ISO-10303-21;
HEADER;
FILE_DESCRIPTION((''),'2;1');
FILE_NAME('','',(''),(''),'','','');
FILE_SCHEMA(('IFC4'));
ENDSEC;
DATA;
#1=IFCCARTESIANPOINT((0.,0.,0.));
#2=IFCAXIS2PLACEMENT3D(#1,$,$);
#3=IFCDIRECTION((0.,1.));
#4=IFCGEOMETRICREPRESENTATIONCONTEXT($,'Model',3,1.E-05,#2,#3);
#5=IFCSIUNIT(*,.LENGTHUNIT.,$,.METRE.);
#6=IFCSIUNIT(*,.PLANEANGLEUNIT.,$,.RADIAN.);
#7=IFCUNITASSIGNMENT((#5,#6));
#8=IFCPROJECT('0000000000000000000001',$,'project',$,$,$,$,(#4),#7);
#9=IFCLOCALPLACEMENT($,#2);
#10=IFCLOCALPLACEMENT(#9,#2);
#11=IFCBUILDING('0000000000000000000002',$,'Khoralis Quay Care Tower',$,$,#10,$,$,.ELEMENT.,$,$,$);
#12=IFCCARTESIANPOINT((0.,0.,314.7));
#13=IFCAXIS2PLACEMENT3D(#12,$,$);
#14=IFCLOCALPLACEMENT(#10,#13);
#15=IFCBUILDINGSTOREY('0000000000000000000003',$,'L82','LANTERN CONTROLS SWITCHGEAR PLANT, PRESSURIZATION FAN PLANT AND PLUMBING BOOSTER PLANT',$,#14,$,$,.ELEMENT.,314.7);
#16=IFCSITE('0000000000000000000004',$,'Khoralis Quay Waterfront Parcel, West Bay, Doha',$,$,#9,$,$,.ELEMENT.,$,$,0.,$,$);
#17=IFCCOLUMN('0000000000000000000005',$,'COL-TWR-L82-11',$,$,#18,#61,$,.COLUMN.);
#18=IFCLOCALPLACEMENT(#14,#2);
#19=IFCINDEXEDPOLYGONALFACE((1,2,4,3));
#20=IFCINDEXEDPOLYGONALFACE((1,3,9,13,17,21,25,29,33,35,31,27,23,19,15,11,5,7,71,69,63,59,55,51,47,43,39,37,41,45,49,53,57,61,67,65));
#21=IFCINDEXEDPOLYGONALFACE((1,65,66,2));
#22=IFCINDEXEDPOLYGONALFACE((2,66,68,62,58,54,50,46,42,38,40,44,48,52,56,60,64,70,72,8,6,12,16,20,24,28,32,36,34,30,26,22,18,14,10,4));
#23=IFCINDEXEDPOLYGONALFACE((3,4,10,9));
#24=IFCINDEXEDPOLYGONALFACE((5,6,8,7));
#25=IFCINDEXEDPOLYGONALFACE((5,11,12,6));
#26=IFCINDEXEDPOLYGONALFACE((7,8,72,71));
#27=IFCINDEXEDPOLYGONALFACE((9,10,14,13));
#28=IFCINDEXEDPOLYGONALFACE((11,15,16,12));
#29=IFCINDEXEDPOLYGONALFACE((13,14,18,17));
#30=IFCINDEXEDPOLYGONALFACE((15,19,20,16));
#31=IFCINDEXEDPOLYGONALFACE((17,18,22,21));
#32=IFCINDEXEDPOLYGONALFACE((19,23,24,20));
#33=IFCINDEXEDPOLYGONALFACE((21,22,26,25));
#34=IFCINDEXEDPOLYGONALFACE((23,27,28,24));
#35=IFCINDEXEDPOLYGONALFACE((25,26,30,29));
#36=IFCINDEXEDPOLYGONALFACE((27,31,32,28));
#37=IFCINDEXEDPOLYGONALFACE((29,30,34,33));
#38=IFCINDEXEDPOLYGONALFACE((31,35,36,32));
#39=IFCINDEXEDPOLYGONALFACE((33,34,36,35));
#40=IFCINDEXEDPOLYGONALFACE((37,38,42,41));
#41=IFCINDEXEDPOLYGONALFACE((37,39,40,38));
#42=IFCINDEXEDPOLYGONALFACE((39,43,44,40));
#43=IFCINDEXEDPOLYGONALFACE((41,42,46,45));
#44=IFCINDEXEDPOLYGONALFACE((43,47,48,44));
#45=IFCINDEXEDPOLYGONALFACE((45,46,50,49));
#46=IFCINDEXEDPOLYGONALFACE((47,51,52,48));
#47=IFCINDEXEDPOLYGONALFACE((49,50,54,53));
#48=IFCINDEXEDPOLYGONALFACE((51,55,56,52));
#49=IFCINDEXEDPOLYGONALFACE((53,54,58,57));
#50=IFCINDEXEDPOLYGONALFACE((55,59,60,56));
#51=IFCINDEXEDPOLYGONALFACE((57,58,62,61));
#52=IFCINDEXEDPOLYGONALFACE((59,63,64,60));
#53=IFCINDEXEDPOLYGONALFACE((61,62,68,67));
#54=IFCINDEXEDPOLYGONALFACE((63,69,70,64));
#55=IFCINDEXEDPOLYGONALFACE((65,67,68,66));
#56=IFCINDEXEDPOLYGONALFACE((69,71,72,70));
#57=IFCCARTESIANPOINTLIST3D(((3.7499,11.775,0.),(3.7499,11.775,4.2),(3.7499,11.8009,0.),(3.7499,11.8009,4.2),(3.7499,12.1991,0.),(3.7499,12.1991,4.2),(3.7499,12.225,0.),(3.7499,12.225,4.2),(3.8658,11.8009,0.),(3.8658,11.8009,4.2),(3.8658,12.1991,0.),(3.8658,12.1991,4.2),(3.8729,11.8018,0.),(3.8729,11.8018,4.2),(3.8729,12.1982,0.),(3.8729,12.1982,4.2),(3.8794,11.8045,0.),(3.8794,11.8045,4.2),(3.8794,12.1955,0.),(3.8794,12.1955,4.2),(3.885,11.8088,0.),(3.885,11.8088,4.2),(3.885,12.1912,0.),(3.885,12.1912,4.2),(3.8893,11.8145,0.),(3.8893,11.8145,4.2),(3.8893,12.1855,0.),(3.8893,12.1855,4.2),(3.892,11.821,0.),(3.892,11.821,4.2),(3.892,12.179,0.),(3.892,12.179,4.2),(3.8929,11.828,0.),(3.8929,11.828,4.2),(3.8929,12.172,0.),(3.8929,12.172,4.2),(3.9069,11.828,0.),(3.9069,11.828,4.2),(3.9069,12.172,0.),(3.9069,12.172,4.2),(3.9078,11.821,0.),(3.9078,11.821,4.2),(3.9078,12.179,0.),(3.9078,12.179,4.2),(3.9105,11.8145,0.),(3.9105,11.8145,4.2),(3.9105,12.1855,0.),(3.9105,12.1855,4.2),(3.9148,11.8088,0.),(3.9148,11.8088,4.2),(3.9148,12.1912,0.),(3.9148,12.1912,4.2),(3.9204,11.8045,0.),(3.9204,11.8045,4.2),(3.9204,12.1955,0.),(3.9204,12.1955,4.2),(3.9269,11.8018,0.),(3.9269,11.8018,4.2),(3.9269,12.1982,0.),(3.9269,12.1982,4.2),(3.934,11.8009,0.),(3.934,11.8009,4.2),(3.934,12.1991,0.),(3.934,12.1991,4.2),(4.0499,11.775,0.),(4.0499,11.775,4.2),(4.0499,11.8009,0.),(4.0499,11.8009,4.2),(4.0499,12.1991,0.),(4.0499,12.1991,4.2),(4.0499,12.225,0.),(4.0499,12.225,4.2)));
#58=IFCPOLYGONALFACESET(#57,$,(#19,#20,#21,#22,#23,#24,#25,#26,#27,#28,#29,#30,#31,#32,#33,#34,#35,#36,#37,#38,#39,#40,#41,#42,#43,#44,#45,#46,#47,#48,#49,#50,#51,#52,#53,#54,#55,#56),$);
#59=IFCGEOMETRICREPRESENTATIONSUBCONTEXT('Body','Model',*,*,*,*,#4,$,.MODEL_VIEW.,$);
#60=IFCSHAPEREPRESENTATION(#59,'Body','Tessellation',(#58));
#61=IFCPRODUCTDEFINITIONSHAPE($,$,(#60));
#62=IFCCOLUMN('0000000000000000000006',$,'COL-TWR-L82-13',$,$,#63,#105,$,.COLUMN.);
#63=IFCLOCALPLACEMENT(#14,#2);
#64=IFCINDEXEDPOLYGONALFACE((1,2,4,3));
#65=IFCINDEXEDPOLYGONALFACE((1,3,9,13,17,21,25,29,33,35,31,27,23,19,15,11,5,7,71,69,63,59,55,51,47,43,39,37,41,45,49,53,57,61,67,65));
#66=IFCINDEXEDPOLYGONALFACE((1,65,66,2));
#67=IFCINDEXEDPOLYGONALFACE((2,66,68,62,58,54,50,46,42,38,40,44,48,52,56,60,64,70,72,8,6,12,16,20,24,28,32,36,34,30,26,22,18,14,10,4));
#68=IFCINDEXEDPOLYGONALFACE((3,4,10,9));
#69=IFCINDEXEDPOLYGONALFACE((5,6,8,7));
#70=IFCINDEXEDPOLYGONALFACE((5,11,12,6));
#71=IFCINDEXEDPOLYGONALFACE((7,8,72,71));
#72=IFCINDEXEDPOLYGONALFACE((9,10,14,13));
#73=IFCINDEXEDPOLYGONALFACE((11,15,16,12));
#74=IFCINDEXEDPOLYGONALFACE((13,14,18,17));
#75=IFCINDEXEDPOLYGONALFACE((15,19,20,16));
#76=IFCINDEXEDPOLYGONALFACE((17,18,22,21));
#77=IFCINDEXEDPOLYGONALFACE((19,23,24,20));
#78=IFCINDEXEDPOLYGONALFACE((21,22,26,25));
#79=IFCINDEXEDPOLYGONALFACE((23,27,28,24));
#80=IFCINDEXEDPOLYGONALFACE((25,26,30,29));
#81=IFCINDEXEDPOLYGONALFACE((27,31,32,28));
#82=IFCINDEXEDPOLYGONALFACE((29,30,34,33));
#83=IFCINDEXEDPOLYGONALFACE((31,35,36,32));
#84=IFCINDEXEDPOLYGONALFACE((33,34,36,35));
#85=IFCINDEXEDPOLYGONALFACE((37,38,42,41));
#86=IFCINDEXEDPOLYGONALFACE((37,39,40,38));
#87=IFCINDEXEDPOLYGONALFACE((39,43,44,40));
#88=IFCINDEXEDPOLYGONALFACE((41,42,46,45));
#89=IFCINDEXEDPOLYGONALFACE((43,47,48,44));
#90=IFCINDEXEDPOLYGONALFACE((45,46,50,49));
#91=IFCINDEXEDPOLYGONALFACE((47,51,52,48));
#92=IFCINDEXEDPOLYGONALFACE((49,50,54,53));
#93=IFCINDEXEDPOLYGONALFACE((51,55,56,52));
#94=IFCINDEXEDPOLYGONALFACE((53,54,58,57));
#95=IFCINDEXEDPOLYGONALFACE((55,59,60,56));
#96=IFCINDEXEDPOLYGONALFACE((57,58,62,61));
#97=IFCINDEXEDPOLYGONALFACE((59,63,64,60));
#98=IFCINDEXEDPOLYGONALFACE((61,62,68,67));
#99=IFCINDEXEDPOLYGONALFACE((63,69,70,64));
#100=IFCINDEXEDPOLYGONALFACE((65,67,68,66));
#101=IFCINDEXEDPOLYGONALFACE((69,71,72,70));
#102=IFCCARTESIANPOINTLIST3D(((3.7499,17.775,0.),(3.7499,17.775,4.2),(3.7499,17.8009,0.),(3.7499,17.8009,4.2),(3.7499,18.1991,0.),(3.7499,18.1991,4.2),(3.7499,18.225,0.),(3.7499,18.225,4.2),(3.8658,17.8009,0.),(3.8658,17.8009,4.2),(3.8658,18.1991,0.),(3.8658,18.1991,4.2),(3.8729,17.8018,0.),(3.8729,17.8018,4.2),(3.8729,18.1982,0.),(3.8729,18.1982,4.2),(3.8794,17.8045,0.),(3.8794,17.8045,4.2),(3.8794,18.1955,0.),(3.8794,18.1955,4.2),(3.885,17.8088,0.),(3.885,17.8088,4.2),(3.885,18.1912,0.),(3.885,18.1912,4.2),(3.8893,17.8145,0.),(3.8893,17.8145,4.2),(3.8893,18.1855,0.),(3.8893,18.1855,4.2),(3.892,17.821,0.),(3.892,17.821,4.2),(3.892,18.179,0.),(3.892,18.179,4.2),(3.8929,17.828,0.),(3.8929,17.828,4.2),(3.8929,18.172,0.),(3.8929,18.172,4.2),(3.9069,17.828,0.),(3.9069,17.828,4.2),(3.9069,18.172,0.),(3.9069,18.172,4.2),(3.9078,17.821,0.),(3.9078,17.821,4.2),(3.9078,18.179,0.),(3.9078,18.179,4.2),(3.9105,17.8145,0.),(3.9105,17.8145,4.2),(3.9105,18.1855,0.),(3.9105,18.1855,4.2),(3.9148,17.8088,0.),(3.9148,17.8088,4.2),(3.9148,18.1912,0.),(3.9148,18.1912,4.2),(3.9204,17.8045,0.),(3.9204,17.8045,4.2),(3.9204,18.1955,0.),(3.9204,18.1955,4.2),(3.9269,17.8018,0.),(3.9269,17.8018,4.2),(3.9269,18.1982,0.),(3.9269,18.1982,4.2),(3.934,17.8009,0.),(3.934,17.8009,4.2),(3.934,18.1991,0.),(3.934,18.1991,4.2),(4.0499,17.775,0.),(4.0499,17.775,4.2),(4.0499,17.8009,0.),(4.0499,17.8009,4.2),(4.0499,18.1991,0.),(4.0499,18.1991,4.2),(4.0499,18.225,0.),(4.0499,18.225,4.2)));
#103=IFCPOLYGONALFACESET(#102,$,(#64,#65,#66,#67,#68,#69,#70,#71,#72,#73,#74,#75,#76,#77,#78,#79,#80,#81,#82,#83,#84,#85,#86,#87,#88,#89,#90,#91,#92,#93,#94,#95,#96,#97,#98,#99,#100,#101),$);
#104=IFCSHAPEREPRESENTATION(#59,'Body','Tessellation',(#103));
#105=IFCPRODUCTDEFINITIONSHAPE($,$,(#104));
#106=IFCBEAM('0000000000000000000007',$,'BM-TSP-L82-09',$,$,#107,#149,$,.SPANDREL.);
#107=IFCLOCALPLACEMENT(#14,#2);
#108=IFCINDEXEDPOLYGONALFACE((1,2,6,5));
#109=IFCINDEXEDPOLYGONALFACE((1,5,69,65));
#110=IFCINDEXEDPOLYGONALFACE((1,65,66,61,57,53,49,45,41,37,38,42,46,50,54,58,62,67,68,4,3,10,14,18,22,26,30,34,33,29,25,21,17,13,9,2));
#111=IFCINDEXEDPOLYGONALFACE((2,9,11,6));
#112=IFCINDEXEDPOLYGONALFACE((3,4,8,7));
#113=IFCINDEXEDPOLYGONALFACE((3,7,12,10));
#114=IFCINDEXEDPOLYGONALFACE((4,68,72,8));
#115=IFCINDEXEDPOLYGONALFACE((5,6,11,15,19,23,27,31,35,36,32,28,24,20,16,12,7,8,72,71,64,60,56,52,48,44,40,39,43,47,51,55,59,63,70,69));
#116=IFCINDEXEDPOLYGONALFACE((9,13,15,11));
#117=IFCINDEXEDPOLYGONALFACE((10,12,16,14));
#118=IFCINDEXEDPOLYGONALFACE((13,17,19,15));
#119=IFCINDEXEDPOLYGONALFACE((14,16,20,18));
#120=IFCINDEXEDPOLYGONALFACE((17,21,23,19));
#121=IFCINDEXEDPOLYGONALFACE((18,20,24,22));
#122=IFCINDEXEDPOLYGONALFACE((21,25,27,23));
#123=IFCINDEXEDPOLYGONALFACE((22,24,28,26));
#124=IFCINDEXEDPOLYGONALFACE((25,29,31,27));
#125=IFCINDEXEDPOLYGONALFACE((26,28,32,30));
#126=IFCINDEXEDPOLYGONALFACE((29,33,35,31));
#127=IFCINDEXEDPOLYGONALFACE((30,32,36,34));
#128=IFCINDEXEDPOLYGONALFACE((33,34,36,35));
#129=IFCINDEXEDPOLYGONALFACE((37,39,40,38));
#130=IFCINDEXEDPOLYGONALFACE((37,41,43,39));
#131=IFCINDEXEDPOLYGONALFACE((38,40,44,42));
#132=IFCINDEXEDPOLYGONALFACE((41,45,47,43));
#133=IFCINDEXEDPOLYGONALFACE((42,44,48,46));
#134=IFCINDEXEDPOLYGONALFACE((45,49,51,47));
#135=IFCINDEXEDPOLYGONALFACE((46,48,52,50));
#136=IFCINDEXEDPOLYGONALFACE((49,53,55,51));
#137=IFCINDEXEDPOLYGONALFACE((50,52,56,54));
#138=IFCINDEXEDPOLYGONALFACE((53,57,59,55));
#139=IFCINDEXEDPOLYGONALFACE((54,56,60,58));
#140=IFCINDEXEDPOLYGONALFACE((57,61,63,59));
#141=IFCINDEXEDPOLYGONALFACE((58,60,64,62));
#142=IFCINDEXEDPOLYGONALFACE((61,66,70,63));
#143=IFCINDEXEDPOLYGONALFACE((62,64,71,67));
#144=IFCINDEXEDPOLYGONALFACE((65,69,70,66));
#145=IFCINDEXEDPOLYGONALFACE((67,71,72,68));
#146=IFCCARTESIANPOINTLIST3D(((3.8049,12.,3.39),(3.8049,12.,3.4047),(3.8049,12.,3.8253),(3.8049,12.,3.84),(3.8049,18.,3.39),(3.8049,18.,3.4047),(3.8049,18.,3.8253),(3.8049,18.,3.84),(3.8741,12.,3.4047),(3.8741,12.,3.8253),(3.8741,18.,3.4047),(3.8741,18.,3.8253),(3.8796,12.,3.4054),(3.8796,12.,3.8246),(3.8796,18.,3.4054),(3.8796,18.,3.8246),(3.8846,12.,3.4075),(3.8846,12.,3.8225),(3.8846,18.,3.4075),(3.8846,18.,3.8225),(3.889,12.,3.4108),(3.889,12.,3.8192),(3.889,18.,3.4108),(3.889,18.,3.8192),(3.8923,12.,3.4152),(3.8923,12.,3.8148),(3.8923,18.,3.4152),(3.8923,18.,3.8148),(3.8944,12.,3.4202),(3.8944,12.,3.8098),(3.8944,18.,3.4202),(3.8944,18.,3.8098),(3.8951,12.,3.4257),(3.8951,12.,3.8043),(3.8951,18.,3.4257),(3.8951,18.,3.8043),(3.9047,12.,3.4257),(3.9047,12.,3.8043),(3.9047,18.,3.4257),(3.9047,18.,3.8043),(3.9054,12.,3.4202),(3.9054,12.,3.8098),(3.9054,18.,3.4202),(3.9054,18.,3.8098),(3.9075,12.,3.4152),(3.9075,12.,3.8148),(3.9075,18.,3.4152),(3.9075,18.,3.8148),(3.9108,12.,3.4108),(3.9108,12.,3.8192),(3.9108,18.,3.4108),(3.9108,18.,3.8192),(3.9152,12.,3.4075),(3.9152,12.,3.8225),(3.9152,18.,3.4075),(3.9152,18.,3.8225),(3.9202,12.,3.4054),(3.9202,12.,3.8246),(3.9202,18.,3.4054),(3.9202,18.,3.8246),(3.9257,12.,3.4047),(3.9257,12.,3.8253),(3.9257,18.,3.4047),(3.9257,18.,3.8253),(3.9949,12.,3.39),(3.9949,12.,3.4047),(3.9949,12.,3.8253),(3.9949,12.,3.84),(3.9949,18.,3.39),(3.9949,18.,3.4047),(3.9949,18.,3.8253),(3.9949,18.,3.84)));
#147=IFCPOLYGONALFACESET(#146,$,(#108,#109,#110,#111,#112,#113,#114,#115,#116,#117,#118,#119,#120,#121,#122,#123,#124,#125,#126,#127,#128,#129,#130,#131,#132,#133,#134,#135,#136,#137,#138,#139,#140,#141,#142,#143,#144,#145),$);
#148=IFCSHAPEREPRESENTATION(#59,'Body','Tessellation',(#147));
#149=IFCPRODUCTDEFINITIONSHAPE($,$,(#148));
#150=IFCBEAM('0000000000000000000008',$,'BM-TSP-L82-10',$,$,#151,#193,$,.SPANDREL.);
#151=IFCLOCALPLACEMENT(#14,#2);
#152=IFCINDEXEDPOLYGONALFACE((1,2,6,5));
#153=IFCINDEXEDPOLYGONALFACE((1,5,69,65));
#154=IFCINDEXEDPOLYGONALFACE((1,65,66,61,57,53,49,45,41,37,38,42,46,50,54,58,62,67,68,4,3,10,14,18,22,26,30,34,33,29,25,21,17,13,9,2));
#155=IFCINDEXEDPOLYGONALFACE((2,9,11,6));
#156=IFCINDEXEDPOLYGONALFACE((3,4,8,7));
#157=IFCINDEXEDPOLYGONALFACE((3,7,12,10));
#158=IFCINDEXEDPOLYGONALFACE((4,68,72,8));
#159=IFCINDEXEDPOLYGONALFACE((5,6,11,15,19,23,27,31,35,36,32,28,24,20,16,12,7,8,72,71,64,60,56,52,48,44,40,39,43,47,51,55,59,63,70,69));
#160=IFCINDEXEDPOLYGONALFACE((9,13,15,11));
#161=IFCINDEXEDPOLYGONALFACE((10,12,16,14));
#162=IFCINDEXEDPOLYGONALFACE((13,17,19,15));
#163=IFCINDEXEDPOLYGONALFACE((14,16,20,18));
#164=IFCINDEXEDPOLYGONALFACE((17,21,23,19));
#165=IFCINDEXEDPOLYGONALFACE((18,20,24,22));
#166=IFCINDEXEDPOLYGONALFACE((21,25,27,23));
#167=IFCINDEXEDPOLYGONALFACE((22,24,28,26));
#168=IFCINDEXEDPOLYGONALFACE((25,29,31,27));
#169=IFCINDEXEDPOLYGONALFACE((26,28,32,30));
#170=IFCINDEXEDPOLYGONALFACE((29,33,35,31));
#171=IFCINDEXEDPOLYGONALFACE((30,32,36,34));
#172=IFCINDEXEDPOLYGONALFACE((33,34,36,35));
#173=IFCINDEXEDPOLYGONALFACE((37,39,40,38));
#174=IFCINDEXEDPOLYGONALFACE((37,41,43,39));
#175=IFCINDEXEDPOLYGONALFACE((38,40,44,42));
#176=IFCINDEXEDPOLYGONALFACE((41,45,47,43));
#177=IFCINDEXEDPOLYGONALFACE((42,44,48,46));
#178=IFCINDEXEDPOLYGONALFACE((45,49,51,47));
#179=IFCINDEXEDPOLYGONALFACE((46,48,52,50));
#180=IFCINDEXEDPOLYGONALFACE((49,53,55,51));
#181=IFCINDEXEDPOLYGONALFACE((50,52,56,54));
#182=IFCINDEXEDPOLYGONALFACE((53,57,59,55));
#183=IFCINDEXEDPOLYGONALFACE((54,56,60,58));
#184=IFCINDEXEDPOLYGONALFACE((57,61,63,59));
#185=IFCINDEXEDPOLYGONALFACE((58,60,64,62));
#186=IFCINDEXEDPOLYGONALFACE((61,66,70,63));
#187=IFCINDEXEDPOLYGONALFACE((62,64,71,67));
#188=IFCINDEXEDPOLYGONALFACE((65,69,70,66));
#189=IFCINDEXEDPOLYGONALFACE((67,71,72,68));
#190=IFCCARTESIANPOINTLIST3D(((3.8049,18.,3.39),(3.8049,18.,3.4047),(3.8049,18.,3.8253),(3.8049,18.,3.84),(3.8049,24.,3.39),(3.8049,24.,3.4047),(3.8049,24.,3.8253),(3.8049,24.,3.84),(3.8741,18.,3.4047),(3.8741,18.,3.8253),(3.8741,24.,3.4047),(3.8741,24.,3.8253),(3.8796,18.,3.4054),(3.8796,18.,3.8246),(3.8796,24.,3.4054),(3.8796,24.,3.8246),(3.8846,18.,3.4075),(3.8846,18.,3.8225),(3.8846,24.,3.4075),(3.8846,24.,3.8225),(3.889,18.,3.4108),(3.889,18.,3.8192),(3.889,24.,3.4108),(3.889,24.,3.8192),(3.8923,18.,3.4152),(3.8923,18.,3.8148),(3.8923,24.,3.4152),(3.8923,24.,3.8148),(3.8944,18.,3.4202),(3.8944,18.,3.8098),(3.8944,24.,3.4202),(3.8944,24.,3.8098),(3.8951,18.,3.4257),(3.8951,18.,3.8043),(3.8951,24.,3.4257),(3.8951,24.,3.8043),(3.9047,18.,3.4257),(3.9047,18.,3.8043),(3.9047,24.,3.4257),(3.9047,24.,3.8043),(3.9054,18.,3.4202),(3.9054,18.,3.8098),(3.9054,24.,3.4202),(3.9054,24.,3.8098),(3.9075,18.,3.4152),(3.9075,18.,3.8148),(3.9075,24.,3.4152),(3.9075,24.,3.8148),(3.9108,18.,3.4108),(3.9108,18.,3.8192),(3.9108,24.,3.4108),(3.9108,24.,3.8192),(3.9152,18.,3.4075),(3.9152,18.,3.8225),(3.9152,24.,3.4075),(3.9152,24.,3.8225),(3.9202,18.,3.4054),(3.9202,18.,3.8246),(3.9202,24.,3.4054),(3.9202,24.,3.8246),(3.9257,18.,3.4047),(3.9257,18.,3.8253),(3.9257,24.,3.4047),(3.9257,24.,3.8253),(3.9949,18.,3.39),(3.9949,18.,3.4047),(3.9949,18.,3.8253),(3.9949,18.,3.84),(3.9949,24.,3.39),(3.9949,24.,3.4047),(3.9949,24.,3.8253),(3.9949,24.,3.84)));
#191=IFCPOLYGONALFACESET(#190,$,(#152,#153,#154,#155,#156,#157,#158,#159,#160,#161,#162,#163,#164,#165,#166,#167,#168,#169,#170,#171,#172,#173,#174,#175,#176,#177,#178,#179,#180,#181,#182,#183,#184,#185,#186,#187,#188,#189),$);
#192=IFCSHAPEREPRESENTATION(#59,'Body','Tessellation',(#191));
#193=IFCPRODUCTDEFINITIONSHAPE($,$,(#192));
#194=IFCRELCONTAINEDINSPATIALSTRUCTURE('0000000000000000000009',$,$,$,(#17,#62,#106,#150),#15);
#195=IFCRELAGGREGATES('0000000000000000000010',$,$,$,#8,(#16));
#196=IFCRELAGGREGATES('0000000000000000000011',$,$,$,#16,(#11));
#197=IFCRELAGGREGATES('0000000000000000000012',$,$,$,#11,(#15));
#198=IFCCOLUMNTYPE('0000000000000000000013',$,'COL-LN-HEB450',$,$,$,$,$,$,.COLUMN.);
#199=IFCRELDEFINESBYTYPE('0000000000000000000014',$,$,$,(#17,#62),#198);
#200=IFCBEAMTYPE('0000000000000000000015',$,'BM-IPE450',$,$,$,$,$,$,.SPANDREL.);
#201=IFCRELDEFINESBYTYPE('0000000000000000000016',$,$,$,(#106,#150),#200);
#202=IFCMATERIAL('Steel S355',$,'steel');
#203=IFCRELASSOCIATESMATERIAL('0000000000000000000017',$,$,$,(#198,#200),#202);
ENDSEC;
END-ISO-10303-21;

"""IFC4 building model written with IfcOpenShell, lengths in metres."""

from ifc_helpers import new_model, si_unit, direction, frame, origin, origin_2d, place, context, subcontext, project, spatial, i_section, extrude, source, transform, mapped, material, material_profile, profile_set, type_object, element, save


model = new_model("IFC4")

# Units and contexts
model_context = context("Model", 3, precision=1e-05, world=origin(), true_north=direction((0.0, 1.0)))
body_context = subcontext(model_context, "Body", "Model", "MODEL_VIEW")
ifc_project = project(units=[si_unit("LENGTHUNIT", "METRE"), si_unit("PLANEANGLEUNIT", "RADIAN")], contexts=[model_context])

# Site, building, storey
site_placement = place(None, origin())
site = spatial("IfcSite", under=ifc_project, at=site_placement, Name="Khoralis Quay Waterfront Parcel, West Bay, Doha", CompositionType="ELEMENT", RefElevation=0.0)
building_placement = place(site_placement, origin())
building = spatial("IfcBuilding", under=site, at=building_placement, Name="Khoralis Quay Care Tower", CompositionType="ELEMENT")
storey_placement = place(building_placement, frame((0.0, 0.0, 314.7)))
storey = spatial("IfcBuildingStorey", under=building, at=storey_placement, Name="L82", Description="LANTERN CONTROLS SWITCHGEAR PLANT, PRESSURIZATION FAN PLANT AND PLUMBING BOOSTER PLANT", CompositionType="ELEMENT", Elevation=314.7)

# Columns
ifc_material_1 = material(Name="Steel S355", Category="steel")
ifc_material_profile_1 = material_profile(ifc_material_1, i_section(OverallWidth=0.3, OverallDepth=0.45, WebThickness=0.0139, FlangeThickness=0.0259, FilletRadius=0.0271, at=origin_2d()), Name="Steel S355")
ifc_profile_set_1 = profile_set([ifc_material_profile_1], Name="Steel S355")
column_type = type_object("IfcColumnType", Name="COL-LN-HEB450", PredefinedType="COLUMN", material=ifc_profile_set_1)
shared_shape_1 = source(origin(), body_context, "Body", "SweptSolid", [
    extrude(i_section(OverallWidth=0.3, OverallDepth=0.45, WebThickness=0.0139, FlangeThickness=0.0259, FilletRadius=0.0271, at=origin_2d()), origin(), (0.0, 0.0, 1.0), 4.2),
])
for number, where, z_axis, x_axis, name in (
    (1, (3.8999, 12.0, 0.0), (0.0, 0.0, 1.0), (1.0, 0.0, 0.0), "COL-TWR-L82-11"),
    (2, (3.8999, 18.0, 0.0), (0.0, 0.0, 1.0), (1.0, 0.0, 0.0), "COL-TWR-L82-13"),
):
    element("IfcColumn", number, at=place(storey_placement, frame(where, z_axis=z_axis, x_axis=x_axis)), inside=storey, type_object=column_type, Name=name, PredefinedType="COLUMN", context=body_context, shape_type="MappedRepresentation", body=[
        mapped(shared_shape_1, transform((0.0, 0.0, 0.0), scale=1.0)),
    ])

# Beams
ifc_material_profile_2 = material_profile(ifc_material_1, i_section(OverallWidth=0.1899, OverallDepth=0.45, WebThickness=0.0095, FlangeThickness=0.0146, FilletRadius=0.021, at=origin_2d()), Name="Steel S355")
ifc_profile_set_2 = profile_set([ifc_material_profile_2], Name="Steel S355")
beam_type_1 = type_object("IfcBeamType", Name="BM-IPE450", PredefinedType="SPANDREL", material=ifc_profile_set_2)
shared_shape_2 = source(origin(), body_context, "Body", "SweptSolid", [
    extrude(i_section(OverallWidth=0.1899, OverallDepth=0.45, WebThickness=0.0095, FlangeThickness=0.0146, FilletRadius=0.021, at=origin_2d()), origin(), (0.0, 0.0, 1.0), 6.0),
])
for number, where, z_axis, x_axis, name in (
    (3, (3.8999, 12.0, 3.615), (0.0, 1.0, 0.0), (-1.0, 0.0, 0.0), "BM-TSP-L82-09"),
    (4, (3.8999, 18.0, 3.615), (0.0, 1.0, 0.0), (-1.0, 0.0, 0.0), "BM-TSP-L82-10"),
):
    element("IfcBeam", number, at=place(storey_placement, frame(where, z_axis=z_axis, x_axis=x_axis)), inside=storey, type_object=beam_type_1, Name=name, PredefinedType="SPANDREL", context=body_context, shape_type="MappedRepresentation", body=[
        mapped(shared_shape_2, transform((0.0, 0.0, 0.0), scale=1.0)),
    ])

save(model, "model.ifc")
